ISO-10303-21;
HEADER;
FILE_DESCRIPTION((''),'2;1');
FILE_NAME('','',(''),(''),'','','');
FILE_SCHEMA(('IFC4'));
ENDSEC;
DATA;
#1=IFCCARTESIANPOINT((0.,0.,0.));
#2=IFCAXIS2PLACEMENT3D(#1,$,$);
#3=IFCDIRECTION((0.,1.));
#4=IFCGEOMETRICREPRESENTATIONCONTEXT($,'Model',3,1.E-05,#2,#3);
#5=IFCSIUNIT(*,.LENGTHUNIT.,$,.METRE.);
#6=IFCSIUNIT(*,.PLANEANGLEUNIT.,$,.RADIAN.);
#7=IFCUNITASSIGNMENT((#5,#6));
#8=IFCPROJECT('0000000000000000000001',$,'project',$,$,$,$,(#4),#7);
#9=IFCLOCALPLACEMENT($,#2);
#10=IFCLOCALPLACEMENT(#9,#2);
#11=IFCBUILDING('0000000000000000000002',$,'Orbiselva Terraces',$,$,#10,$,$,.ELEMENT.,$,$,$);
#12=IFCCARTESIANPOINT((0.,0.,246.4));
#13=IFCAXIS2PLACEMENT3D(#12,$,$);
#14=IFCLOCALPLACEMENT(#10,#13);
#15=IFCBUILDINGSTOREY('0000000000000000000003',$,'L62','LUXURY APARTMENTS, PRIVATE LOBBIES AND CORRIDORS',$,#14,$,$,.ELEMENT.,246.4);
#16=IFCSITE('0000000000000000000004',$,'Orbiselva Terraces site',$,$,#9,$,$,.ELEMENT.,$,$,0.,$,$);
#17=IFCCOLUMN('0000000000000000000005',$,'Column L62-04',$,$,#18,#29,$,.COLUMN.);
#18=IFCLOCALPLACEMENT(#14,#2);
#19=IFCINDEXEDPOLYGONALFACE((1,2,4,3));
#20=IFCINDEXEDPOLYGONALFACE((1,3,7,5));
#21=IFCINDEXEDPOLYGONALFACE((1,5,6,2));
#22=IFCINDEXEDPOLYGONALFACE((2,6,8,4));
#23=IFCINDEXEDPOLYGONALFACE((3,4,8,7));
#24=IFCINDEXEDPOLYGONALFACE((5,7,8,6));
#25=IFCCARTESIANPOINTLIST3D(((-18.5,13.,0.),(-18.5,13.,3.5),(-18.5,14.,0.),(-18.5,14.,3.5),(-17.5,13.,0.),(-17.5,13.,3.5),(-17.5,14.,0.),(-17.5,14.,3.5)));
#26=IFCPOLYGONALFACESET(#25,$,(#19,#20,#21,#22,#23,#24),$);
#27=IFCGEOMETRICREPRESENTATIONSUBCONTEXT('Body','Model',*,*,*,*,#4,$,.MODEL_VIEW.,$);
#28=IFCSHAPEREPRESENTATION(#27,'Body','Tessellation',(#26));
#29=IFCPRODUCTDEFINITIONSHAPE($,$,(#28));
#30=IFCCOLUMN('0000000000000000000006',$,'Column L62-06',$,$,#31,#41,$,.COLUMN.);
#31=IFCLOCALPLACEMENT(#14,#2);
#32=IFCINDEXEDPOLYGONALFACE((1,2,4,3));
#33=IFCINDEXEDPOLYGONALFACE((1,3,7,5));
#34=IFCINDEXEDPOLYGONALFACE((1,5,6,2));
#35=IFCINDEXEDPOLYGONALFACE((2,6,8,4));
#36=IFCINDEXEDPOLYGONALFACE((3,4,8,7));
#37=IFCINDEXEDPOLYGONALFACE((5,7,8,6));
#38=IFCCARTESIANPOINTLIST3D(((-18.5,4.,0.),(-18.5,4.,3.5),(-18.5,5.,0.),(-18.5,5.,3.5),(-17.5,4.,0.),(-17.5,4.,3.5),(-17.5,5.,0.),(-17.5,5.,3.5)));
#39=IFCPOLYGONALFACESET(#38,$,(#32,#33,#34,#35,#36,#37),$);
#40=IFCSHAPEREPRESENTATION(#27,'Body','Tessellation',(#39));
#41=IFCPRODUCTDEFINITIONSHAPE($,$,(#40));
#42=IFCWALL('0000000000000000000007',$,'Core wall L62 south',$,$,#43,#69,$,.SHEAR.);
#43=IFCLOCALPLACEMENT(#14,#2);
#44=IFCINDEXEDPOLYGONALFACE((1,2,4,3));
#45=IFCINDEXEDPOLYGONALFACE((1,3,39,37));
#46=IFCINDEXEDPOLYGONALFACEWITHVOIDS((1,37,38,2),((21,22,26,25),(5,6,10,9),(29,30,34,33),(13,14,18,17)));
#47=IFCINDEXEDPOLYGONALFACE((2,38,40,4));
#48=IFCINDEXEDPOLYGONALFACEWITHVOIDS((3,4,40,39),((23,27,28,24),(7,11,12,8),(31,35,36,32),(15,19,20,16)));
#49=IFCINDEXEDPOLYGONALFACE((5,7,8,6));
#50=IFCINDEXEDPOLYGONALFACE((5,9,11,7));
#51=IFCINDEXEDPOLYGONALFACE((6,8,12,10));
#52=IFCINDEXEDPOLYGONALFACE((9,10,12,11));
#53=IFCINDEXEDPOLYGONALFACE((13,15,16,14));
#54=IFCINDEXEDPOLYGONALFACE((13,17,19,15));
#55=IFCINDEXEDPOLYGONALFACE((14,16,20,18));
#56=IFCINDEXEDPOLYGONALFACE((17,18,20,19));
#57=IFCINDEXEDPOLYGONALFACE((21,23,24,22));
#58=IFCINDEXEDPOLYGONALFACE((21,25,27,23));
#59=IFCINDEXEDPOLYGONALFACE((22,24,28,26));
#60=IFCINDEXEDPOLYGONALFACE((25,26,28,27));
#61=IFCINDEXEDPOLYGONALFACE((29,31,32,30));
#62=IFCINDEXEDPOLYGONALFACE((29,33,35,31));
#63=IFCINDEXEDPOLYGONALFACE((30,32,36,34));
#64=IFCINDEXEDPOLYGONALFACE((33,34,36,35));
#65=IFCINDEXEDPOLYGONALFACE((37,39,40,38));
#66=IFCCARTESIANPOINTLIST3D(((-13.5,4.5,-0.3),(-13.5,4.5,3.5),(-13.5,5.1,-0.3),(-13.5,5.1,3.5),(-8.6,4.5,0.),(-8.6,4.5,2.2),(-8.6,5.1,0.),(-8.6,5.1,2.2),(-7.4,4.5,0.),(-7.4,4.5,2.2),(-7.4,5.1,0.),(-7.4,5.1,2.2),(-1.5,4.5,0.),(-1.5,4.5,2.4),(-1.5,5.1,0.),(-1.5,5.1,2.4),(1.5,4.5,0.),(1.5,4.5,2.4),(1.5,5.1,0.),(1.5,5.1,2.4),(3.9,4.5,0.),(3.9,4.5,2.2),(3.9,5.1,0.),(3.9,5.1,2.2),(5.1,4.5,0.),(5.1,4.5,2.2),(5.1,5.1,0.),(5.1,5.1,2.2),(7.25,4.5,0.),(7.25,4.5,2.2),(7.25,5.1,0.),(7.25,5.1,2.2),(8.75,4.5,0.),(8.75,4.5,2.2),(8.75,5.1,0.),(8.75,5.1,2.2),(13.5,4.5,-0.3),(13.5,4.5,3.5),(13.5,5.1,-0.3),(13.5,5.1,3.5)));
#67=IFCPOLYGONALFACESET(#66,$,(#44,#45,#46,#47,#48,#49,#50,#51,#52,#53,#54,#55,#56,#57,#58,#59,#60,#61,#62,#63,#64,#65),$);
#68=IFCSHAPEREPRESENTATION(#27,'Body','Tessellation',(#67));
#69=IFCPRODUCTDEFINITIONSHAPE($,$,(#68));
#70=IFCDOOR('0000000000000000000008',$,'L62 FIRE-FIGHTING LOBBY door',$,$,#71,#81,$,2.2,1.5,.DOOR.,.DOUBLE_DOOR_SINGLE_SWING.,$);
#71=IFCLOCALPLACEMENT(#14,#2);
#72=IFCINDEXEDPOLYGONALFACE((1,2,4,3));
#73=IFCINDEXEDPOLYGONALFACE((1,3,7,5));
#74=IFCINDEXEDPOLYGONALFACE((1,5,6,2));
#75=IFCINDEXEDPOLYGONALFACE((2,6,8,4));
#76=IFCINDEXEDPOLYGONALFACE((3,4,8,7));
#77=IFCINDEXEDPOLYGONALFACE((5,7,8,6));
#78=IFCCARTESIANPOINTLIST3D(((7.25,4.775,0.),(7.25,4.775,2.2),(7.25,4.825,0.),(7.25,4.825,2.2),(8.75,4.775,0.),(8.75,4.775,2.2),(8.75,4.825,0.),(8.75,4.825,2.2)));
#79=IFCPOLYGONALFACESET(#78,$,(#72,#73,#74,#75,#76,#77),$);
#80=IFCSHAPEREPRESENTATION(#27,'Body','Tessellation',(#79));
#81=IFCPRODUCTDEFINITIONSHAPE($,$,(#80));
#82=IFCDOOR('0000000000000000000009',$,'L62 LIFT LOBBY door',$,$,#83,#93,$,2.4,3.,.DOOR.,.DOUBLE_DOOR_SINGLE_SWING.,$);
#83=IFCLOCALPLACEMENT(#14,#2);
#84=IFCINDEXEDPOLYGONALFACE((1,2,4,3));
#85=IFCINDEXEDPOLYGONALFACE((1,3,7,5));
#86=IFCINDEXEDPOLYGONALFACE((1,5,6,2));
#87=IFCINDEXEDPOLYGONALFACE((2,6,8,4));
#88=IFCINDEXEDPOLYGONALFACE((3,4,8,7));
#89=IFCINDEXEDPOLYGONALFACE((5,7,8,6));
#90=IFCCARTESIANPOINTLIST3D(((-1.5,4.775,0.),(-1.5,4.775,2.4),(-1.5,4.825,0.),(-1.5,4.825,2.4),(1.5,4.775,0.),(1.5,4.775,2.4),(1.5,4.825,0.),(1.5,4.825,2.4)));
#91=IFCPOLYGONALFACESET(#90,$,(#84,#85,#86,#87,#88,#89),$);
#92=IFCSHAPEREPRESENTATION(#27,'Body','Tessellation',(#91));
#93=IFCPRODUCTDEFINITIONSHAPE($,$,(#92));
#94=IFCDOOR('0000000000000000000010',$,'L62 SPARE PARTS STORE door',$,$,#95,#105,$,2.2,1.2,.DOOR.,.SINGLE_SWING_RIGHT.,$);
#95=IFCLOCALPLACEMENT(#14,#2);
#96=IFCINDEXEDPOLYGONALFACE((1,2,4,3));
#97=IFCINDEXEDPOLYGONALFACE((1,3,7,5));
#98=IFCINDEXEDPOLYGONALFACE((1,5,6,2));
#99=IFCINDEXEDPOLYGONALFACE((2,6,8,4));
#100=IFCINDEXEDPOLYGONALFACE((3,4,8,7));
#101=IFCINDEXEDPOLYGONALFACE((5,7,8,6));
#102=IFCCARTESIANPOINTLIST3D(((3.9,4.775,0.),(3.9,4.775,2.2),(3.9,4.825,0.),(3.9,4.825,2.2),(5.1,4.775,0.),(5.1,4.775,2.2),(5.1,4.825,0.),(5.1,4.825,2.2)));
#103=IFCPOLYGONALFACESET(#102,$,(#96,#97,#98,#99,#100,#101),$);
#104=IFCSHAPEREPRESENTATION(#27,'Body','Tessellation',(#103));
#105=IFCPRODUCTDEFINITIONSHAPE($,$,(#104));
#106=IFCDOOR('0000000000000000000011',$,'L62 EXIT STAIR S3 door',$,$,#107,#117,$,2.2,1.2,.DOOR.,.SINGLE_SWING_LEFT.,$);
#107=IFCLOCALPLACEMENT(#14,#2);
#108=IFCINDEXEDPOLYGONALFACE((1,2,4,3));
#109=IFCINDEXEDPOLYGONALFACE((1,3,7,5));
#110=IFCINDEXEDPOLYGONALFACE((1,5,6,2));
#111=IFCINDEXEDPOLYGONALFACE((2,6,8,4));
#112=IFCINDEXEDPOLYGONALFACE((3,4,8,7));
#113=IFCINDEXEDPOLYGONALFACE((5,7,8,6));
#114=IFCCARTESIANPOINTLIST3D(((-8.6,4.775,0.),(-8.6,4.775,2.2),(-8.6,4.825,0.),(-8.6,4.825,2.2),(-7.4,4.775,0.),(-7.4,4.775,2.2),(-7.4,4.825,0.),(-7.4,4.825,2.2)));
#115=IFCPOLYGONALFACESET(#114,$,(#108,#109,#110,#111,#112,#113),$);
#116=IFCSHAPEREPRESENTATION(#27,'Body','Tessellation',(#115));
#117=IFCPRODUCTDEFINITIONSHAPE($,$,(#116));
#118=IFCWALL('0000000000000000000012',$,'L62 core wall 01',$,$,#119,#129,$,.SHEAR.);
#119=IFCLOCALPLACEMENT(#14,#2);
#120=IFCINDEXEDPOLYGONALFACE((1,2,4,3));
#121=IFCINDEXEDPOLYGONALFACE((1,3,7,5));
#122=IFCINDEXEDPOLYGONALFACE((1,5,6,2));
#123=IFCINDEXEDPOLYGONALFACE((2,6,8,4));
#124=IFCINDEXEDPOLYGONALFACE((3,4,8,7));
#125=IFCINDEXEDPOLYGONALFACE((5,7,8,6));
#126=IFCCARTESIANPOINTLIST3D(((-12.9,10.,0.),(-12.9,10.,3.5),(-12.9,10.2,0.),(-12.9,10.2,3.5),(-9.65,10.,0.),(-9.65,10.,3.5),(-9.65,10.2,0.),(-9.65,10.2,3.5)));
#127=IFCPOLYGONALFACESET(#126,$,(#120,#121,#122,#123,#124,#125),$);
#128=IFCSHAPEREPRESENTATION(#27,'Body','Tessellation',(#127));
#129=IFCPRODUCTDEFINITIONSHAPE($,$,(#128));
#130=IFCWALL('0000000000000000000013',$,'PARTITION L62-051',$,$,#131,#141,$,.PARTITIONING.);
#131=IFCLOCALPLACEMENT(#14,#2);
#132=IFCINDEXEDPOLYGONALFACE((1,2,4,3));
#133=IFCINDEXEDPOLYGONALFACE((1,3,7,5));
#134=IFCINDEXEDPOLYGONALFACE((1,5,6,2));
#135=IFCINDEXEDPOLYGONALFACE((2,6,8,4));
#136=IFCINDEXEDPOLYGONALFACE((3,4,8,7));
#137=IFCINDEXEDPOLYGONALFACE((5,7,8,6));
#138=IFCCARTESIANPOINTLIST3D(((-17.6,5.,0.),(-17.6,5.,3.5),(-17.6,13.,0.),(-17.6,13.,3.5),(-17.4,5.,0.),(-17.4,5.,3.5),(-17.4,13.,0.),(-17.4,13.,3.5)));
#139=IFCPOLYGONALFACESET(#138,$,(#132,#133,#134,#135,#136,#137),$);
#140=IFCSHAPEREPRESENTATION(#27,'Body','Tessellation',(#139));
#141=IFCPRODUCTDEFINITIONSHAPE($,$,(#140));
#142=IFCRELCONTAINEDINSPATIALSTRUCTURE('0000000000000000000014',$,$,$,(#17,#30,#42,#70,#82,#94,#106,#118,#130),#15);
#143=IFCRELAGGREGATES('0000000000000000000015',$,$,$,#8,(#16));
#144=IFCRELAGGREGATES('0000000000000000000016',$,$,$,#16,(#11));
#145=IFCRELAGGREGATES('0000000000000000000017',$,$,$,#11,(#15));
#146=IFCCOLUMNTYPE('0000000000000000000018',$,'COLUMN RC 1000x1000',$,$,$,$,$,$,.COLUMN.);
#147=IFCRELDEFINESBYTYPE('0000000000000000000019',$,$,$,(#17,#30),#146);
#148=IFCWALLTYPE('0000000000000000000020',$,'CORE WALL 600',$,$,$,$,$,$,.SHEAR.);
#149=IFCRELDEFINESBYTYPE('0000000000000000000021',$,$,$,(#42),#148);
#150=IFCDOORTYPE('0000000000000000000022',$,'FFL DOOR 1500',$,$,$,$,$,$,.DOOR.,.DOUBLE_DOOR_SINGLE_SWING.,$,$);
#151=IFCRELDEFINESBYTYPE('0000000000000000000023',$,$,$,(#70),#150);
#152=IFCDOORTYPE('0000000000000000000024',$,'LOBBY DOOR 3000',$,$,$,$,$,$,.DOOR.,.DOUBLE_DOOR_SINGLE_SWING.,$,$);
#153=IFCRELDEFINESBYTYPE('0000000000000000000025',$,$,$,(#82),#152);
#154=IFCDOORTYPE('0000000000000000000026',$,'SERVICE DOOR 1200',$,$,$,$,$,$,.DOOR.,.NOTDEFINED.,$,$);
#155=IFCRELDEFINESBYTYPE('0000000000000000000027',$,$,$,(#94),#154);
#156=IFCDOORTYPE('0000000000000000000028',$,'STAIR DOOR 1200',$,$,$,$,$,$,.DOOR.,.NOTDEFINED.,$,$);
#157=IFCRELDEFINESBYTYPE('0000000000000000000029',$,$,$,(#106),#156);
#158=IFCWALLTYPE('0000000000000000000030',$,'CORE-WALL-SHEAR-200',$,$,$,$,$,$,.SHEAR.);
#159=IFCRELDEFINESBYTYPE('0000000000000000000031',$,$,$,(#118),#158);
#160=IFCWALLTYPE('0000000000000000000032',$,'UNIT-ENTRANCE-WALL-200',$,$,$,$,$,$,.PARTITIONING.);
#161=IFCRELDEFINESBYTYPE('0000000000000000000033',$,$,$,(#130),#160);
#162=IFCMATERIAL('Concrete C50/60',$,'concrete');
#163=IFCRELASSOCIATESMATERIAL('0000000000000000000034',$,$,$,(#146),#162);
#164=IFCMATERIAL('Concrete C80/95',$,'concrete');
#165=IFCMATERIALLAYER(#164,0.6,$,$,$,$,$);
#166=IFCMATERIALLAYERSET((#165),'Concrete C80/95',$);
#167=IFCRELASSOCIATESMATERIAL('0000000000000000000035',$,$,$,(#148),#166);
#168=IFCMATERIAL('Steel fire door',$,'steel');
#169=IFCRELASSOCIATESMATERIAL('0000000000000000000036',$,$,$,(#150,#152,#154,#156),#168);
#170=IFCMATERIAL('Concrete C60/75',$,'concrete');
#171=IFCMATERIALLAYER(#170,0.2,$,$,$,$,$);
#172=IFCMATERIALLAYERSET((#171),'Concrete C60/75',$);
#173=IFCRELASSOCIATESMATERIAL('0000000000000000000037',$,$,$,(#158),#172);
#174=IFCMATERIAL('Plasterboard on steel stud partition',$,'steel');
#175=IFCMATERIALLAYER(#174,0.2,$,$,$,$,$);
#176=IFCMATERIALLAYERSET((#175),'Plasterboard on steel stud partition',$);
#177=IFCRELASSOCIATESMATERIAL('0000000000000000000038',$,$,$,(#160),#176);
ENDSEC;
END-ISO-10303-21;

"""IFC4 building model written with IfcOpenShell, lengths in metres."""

from ifc_helpers import new_model, si_unit, direction, frame, frame_2d, origin, origin_2d, place, context, subcontext, project, spatial, rectangle, extrude, material, layer, layer_set, material_profile, profile_set, type_object, element, fill, save


model = new_model("IFC4")

# Units and contexts
model_context = context("Model", 3, precision=1e-05, world=origin(), true_north=direction((0.0, 1.0)))
body_context = subcontext(model_context, "Body", "Model", "MODEL_VIEW")
ifc_project = project(units=[si_unit("LENGTHUNIT", "METRE"), si_unit("PLANEANGLEUNIT", "RADIAN")], contexts=[model_context])

# Site, building, storey
site_placement = place(None, origin())
site = spatial("IfcSite", under=ifc_project, at=site_placement, Name="Orbiselva Terraces site", CompositionType="ELEMENT", RefElevation=0.0)
building_placement = place(site_placement, origin())
building = spatial("IfcBuilding", under=site, at=building_placement, Name="Orbiselva Terraces", CompositionType="ELEMENT")
storey_placement = place(building_placement, frame((0.0, 0.0, 246.4)))
storey = spatial("IfcBuildingStorey", under=building, at=storey_placement, Name="L62", Description="LUXURY APARTMENTS, PRIVATE LOBBIES AND CORRIDORS", CompositionType="ELEMENT", Elevation=246.4)

# Columns
ifc_material_1 = material(Name="Concrete C50/60", Category="concrete")
ifc_material_profile = material_profile(ifc_material_1, rectangle(XDim=1.0, YDim=1.0, at=origin_2d()), Name="RC 1000x1000")
ifc_profile_set = profile_set([ifc_material_profile], Name="Concrete C50/60")
column_type = type_object("IfcColumnType", Name="COLUMN RC 1000x1000", PredefinedType="COLUMN", material=ifc_profile_set)
for number, where, z_axis, x_axis, name in (
    (1, (-18.0, 13.5, 0.0), (0.0, 0.0, 1.0), (1.0, 0.0, 0.0), "Column L62-04"),
    (2, (-18.0, 4.5, 0.0), (0.0, 0.0, 1.0), (1.0, 0.0, 0.0), "Column L62-06"),
):
    element("IfcColumn", number, at=place(storey_placement, frame(where, z_axis=z_axis, x_axis=x_axis)), inside=storey, type_object=column_type, Name=name, PredefinedType="COLUMN", context=body_context, shape_type="SweptSolid", body=[
        extrude(rectangle(XDim=1.0, YDim=1.0, at=origin_2d()), origin(), (0.0, 0.0, 1.0), 3.5),
    ])

# Wall, openings, doors
ifc_material_2 = material(Name="Concrete C80/95", Category="concrete")
ifc_layer_1 = layer(ifc_material_2, 0.6)
ifc_layer_set_1 = layer_set([ifc_layer_1], Name="Concrete C80/95")
wall_type_1 = type_object("IfcWallType", Name="CORE WALL 600", PredefinedType="SHEAR", material=ifc_layer_set_1)
wall_1_placement = place(storey_placement, frame((-13.5, 4.8, -0.3), z_axis=(0.0, 0.0, 1.0), x_axis=(1.0, 0.0, 0.0)))
wall_1 = element("IfcWall", 3, at=wall_1_placement, inside=storey, type_object=wall_type_1, Name="Core wall L62 south", PredefinedType="SHEAR", context=body_context, shape_type="SweptSolid", body=[
    extrude(rectangle(XDim=27.0, YDim=0.6, at=frame_2d((13.5, 0.0))), origin(), (0.0, 0.0, 1.0), 3.8),
])
opening_1_placement = place(wall_1_placement, frame((12.0, 0.0, 0.3)))
opening_1 = element("IfcOpeningElement", 4, at=opening_1_placement, cuts=wall_1, PredefinedType="OPENING", context=body_context, shape_type="SweptSolid", body=[
    extrude(rectangle(XDim=3.0, YDim=2.4, at=frame_2d((1.5, 1.2))), frame((0.0, 0.31, 0.0), z_axis=(0.0, -1.0, 0.0), x_axis=(1.0, 0.0, 0.0)), (0.0, 0.0, 1.0), 0.62),
])
opening_2_placement = place(wall_1_placement, frame((4.9, 0.0, 0.3)))
opening_2 = element("IfcOpeningElement", 5, at=opening_2_placement, cuts=wall_1, PredefinedType="OPENING", context=body_context, shape_type="SweptSolid", body=[
    extrude(rectangle(XDim=1.2, YDim=2.2, at=frame_2d((0.6, 1.1))), frame((0.0, 0.31, 0.0), z_axis=(0.0, -1.0, 0.0), x_axis=(1.0, 0.0, 0.0)), (0.0, 0.0, 1.0), 0.62),
])
opening_3_placement = place(wall_1_placement, frame((20.75, 0.0, 0.3)))
opening_3 = element("IfcOpeningElement", 6, at=opening_3_placement, cuts=wall_1, PredefinedType="OPENING", context=body_context, shape_type="SweptSolid", body=[
    extrude(rectangle(XDim=1.5, YDim=2.2, at=frame_2d((0.75, 1.1))), frame((0.0, 0.31, 0.0), z_axis=(0.0, -1.0, 0.0), x_axis=(1.0, 0.0, 0.0)), (0.0, 0.0, 1.0), 0.62),
])
opening_4_placement = place(wall_1_placement, frame((17.4, 0.0, 0.3)))
opening_4 = element("IfcOpeningElement", 7, at=opening_4_placement, cuts=wall_1, PredefinedType="OPENING", context=body_context, shape_type="SweptSolid", body=[
    extrude(rectangle(XDim=1.2, YDim=2.2, at=frame_2d((0.6, 1.1))), frame((0.0, 0.31, 0.0), z_axis=(0.0, -1.0, 0.0), x_axis=(1.0, 0.0, 0.0)), (0.0, 0.0, 1.0), 0.62),
])
ifc_material_3 = material(Name="Steel fire door", Category="steel")
door_type_1 = type_object("IfcDoorType", Name="FFL DOOR 1500", OperationType="DOUBLE_DOOR_SINGLE_SWING", PredefinedType="DOOR", material=ifc_material_3)
door_1_placement = place(opening_3_placement, frame((1.5, 0.0, 0.0), z_axis=(0.0, 0.0, 1.0), x_axis=(-1.0, 0.0, 0.0)))
door_1 = element("IfcDoor", 8, at=door_1_placement, inside=storey, type_object=door_type_1, Name="L62 FIRE-FIGHTING LOBBY door", OperationType="DOUBLE_DOOR_SINGLE_SWING", OverallHeight=2.2, OverallWidth=1.5, PredefinedType="DOOR", context=body_context, shape_type="SweptSolid", body=[
    extrude(rectangle(XDim=1.5, YDim=2.2, at=frame_2d((0.75, 1.1))), frame((0.0, 0.025, 0.0), z_axis=(0.0, -1.0, 0.0), x_axis=(1.0, 0.0, 0.0)), (0.0, 0.0, 1.0), 0.05),
])
fill(opening_3, door_1)
door_type_2 = type_object("IfcDoorType", Name="LOBBY DOOR 3000", OperationType="DOUBLE_DOOR_SINGLE_SWING", PredefinedType="DOOR", material=ifc_material_3)
door_2_placement = place(opening_1_placement, frame((3.0, 0.0, 0.0), z_axis=(0.0, 0.0, 1.0), x_axis=(-1.0, 0.0, 0.0)))
door_2 = element("IfcDoor", 9, at=door_2_placement, inside=storey, type_object=door_type_2, Name="L62 LIFT LOBBY door", OperationType="DOUBLE_DOOR_SINGLE_SWING", OverallHeight=2.4, OverallWidth=3.0, PredefinedType="DOOR", context=body_context, shape_type="SweptSolid", body=[
    extrude(rectangle(XDim=3.0, YDim=2.4, at=frame_2d((1.5, 1.2))), frame((0.0, 0.025, 0.0), z_axis=(0.0, -1.0, 0.0), x_axis=(1.0, 0.0, 0.0)), (0.0, 0.0, 1.0), 0.05),
])
fill(opening_1, door_2)
door_type_3 = type_object("IfcDoorType", Name="SERVICE DOOR 1200", OperationType="NOTDEFINED", PredefinedType="DOOR", material=ifc_material_3)
door_3_placement = place(opening_4_placement, frame((1.2, 0.0, 0.0), z_axis=(0.0, 0.0, 1.0), x_axis=(-1.0, 0.0, 0.0)))
door_3 = element("IfcDoor", 10, at=door_3_placement, inside=storey, type_object=door_type_3, Name="L62 SPARE PARTS STORE door", OperationType="SINGLE_SWING_RIGHT", OverallHeight=2.2, OverallWidth=1.2, PredefinedType="DOOR", context=body_context, shape_type="SweptSolid", body=[
    extrude(rectangle(XDim=1.2, YDim=2.2, at=frame_2d((0.6, 1.1))), frame((0.0, 0.025, 0.0), z_axis=(0.0, -1.0, 0.0), x_axis=(1.0, 0.0, 0.0)), (0.0, 0.0, 1.0), 0.05),
])
fill(opening_4, door_3)
door_type_4 = type_object("IfcDoorType", Name="STAIR DOOR 1200", OperationType="NOTDEFINED", PredefinedType="DOOR", material=ifc_material_3)
door_4_placement = place(opening_2_placement, frame((1.2, 0.0, 0.0), z_axis=(0.0, 0.0, 1.0), x_axis=(-1.0, 0.0, 0.0)))
door_4 = element("IfcDoor", 11, at=door_4_placement, inside=storey, type_object=door_type_4, Name="L62 EXIT STAIR S3 door", OperationType="SINGLE_SWING_LEFT", OverallHeight=2.2, OverallWidth=1.2, PredefinedType="DOOR", context=body_context, shape_type="SweptSolid", body=[
    extrude(rectangle(XDim=1.2, YDim=2.2, at=frame_2d((0.6, 1.1))), frame((0.0, 0.025, 0.0), z_axis=(0.0, -1.0, 0.0), x_axis=(1.0, 0.0, 0.0)), (0.0, 0.0, 1.0), 0.05),
])
fill(opening_2, door_4)

# Walls
ifc_material_4 = material(Name="Concrete C60/75", Category="concrete")
ifc_layer_2 = layer(ifc_material_4, 0.2)
ifc_layer_set_2 = layer_set([ifc_layer_2], Name="Concrete C60/75")
wall_type_2 = type_object("IfcWallType", Name="CORE-WALL-SHEAR-200", PredefinedType="SHEAR", material=ifc_layer_set_2)
wall_2_placement = place(storey_placement, frame((-12.9, 10.1, 0.0), z_axis=(0.0, 0.0, 1.0), x_axis=(1.0, 0.0, 0.0)))
element("IfcWall", 12, at=wall_2_placement, inside=storey, type_object=wall_type_2, Name="L62 core wall 01", PredefinedType="SHEAR", context=body_context, shape_type="SweptSolid", body=[
    extrude(rectangle(XDim=3.25, YDim=0.2, at=frame_2d((1.625, 0.0))), origin(), (0.0, 0.0, 1.0), 3.5),
])
ifc_material_5 = material(Name="Plasterboard on steel stud partition", Category="steel")
ifc_layer_3 = layer(ifc_material_5, 0.2)
ifc_layer_set_3 = layer_set([ifc_layer_3], Name="Plasterboard on steel stud partition")
wall_type_3 = type_object("IfcWallType", Name="UNIT-ENTRANCE-WALL-200", PredefinedType="PARTITIONING", material=ifc_layer_set_3)
wall_3_placement = place(storey_placement, frame((-17.5, 5.0, 0.0), z_axis=(0.0, 0.0, 1.0), x_axis=(0.0, 1.0, 0.0)))
element("IfcWall", 13, at=wall_3_placement, inside=storey, type_object=wall_type_3, Name="PARTITION L62-051", PredefinedType="PARTITIONING", context=body_context, shape_type="SweptSolid", body=[
    extrude(rectangle(XDim=8.0, YDim=0.2, at=frame_2d((4.0, 0.0))), origin(), (0.0, 0.0, 1.0), 3.5),
])

save(model, "model.ifc")
